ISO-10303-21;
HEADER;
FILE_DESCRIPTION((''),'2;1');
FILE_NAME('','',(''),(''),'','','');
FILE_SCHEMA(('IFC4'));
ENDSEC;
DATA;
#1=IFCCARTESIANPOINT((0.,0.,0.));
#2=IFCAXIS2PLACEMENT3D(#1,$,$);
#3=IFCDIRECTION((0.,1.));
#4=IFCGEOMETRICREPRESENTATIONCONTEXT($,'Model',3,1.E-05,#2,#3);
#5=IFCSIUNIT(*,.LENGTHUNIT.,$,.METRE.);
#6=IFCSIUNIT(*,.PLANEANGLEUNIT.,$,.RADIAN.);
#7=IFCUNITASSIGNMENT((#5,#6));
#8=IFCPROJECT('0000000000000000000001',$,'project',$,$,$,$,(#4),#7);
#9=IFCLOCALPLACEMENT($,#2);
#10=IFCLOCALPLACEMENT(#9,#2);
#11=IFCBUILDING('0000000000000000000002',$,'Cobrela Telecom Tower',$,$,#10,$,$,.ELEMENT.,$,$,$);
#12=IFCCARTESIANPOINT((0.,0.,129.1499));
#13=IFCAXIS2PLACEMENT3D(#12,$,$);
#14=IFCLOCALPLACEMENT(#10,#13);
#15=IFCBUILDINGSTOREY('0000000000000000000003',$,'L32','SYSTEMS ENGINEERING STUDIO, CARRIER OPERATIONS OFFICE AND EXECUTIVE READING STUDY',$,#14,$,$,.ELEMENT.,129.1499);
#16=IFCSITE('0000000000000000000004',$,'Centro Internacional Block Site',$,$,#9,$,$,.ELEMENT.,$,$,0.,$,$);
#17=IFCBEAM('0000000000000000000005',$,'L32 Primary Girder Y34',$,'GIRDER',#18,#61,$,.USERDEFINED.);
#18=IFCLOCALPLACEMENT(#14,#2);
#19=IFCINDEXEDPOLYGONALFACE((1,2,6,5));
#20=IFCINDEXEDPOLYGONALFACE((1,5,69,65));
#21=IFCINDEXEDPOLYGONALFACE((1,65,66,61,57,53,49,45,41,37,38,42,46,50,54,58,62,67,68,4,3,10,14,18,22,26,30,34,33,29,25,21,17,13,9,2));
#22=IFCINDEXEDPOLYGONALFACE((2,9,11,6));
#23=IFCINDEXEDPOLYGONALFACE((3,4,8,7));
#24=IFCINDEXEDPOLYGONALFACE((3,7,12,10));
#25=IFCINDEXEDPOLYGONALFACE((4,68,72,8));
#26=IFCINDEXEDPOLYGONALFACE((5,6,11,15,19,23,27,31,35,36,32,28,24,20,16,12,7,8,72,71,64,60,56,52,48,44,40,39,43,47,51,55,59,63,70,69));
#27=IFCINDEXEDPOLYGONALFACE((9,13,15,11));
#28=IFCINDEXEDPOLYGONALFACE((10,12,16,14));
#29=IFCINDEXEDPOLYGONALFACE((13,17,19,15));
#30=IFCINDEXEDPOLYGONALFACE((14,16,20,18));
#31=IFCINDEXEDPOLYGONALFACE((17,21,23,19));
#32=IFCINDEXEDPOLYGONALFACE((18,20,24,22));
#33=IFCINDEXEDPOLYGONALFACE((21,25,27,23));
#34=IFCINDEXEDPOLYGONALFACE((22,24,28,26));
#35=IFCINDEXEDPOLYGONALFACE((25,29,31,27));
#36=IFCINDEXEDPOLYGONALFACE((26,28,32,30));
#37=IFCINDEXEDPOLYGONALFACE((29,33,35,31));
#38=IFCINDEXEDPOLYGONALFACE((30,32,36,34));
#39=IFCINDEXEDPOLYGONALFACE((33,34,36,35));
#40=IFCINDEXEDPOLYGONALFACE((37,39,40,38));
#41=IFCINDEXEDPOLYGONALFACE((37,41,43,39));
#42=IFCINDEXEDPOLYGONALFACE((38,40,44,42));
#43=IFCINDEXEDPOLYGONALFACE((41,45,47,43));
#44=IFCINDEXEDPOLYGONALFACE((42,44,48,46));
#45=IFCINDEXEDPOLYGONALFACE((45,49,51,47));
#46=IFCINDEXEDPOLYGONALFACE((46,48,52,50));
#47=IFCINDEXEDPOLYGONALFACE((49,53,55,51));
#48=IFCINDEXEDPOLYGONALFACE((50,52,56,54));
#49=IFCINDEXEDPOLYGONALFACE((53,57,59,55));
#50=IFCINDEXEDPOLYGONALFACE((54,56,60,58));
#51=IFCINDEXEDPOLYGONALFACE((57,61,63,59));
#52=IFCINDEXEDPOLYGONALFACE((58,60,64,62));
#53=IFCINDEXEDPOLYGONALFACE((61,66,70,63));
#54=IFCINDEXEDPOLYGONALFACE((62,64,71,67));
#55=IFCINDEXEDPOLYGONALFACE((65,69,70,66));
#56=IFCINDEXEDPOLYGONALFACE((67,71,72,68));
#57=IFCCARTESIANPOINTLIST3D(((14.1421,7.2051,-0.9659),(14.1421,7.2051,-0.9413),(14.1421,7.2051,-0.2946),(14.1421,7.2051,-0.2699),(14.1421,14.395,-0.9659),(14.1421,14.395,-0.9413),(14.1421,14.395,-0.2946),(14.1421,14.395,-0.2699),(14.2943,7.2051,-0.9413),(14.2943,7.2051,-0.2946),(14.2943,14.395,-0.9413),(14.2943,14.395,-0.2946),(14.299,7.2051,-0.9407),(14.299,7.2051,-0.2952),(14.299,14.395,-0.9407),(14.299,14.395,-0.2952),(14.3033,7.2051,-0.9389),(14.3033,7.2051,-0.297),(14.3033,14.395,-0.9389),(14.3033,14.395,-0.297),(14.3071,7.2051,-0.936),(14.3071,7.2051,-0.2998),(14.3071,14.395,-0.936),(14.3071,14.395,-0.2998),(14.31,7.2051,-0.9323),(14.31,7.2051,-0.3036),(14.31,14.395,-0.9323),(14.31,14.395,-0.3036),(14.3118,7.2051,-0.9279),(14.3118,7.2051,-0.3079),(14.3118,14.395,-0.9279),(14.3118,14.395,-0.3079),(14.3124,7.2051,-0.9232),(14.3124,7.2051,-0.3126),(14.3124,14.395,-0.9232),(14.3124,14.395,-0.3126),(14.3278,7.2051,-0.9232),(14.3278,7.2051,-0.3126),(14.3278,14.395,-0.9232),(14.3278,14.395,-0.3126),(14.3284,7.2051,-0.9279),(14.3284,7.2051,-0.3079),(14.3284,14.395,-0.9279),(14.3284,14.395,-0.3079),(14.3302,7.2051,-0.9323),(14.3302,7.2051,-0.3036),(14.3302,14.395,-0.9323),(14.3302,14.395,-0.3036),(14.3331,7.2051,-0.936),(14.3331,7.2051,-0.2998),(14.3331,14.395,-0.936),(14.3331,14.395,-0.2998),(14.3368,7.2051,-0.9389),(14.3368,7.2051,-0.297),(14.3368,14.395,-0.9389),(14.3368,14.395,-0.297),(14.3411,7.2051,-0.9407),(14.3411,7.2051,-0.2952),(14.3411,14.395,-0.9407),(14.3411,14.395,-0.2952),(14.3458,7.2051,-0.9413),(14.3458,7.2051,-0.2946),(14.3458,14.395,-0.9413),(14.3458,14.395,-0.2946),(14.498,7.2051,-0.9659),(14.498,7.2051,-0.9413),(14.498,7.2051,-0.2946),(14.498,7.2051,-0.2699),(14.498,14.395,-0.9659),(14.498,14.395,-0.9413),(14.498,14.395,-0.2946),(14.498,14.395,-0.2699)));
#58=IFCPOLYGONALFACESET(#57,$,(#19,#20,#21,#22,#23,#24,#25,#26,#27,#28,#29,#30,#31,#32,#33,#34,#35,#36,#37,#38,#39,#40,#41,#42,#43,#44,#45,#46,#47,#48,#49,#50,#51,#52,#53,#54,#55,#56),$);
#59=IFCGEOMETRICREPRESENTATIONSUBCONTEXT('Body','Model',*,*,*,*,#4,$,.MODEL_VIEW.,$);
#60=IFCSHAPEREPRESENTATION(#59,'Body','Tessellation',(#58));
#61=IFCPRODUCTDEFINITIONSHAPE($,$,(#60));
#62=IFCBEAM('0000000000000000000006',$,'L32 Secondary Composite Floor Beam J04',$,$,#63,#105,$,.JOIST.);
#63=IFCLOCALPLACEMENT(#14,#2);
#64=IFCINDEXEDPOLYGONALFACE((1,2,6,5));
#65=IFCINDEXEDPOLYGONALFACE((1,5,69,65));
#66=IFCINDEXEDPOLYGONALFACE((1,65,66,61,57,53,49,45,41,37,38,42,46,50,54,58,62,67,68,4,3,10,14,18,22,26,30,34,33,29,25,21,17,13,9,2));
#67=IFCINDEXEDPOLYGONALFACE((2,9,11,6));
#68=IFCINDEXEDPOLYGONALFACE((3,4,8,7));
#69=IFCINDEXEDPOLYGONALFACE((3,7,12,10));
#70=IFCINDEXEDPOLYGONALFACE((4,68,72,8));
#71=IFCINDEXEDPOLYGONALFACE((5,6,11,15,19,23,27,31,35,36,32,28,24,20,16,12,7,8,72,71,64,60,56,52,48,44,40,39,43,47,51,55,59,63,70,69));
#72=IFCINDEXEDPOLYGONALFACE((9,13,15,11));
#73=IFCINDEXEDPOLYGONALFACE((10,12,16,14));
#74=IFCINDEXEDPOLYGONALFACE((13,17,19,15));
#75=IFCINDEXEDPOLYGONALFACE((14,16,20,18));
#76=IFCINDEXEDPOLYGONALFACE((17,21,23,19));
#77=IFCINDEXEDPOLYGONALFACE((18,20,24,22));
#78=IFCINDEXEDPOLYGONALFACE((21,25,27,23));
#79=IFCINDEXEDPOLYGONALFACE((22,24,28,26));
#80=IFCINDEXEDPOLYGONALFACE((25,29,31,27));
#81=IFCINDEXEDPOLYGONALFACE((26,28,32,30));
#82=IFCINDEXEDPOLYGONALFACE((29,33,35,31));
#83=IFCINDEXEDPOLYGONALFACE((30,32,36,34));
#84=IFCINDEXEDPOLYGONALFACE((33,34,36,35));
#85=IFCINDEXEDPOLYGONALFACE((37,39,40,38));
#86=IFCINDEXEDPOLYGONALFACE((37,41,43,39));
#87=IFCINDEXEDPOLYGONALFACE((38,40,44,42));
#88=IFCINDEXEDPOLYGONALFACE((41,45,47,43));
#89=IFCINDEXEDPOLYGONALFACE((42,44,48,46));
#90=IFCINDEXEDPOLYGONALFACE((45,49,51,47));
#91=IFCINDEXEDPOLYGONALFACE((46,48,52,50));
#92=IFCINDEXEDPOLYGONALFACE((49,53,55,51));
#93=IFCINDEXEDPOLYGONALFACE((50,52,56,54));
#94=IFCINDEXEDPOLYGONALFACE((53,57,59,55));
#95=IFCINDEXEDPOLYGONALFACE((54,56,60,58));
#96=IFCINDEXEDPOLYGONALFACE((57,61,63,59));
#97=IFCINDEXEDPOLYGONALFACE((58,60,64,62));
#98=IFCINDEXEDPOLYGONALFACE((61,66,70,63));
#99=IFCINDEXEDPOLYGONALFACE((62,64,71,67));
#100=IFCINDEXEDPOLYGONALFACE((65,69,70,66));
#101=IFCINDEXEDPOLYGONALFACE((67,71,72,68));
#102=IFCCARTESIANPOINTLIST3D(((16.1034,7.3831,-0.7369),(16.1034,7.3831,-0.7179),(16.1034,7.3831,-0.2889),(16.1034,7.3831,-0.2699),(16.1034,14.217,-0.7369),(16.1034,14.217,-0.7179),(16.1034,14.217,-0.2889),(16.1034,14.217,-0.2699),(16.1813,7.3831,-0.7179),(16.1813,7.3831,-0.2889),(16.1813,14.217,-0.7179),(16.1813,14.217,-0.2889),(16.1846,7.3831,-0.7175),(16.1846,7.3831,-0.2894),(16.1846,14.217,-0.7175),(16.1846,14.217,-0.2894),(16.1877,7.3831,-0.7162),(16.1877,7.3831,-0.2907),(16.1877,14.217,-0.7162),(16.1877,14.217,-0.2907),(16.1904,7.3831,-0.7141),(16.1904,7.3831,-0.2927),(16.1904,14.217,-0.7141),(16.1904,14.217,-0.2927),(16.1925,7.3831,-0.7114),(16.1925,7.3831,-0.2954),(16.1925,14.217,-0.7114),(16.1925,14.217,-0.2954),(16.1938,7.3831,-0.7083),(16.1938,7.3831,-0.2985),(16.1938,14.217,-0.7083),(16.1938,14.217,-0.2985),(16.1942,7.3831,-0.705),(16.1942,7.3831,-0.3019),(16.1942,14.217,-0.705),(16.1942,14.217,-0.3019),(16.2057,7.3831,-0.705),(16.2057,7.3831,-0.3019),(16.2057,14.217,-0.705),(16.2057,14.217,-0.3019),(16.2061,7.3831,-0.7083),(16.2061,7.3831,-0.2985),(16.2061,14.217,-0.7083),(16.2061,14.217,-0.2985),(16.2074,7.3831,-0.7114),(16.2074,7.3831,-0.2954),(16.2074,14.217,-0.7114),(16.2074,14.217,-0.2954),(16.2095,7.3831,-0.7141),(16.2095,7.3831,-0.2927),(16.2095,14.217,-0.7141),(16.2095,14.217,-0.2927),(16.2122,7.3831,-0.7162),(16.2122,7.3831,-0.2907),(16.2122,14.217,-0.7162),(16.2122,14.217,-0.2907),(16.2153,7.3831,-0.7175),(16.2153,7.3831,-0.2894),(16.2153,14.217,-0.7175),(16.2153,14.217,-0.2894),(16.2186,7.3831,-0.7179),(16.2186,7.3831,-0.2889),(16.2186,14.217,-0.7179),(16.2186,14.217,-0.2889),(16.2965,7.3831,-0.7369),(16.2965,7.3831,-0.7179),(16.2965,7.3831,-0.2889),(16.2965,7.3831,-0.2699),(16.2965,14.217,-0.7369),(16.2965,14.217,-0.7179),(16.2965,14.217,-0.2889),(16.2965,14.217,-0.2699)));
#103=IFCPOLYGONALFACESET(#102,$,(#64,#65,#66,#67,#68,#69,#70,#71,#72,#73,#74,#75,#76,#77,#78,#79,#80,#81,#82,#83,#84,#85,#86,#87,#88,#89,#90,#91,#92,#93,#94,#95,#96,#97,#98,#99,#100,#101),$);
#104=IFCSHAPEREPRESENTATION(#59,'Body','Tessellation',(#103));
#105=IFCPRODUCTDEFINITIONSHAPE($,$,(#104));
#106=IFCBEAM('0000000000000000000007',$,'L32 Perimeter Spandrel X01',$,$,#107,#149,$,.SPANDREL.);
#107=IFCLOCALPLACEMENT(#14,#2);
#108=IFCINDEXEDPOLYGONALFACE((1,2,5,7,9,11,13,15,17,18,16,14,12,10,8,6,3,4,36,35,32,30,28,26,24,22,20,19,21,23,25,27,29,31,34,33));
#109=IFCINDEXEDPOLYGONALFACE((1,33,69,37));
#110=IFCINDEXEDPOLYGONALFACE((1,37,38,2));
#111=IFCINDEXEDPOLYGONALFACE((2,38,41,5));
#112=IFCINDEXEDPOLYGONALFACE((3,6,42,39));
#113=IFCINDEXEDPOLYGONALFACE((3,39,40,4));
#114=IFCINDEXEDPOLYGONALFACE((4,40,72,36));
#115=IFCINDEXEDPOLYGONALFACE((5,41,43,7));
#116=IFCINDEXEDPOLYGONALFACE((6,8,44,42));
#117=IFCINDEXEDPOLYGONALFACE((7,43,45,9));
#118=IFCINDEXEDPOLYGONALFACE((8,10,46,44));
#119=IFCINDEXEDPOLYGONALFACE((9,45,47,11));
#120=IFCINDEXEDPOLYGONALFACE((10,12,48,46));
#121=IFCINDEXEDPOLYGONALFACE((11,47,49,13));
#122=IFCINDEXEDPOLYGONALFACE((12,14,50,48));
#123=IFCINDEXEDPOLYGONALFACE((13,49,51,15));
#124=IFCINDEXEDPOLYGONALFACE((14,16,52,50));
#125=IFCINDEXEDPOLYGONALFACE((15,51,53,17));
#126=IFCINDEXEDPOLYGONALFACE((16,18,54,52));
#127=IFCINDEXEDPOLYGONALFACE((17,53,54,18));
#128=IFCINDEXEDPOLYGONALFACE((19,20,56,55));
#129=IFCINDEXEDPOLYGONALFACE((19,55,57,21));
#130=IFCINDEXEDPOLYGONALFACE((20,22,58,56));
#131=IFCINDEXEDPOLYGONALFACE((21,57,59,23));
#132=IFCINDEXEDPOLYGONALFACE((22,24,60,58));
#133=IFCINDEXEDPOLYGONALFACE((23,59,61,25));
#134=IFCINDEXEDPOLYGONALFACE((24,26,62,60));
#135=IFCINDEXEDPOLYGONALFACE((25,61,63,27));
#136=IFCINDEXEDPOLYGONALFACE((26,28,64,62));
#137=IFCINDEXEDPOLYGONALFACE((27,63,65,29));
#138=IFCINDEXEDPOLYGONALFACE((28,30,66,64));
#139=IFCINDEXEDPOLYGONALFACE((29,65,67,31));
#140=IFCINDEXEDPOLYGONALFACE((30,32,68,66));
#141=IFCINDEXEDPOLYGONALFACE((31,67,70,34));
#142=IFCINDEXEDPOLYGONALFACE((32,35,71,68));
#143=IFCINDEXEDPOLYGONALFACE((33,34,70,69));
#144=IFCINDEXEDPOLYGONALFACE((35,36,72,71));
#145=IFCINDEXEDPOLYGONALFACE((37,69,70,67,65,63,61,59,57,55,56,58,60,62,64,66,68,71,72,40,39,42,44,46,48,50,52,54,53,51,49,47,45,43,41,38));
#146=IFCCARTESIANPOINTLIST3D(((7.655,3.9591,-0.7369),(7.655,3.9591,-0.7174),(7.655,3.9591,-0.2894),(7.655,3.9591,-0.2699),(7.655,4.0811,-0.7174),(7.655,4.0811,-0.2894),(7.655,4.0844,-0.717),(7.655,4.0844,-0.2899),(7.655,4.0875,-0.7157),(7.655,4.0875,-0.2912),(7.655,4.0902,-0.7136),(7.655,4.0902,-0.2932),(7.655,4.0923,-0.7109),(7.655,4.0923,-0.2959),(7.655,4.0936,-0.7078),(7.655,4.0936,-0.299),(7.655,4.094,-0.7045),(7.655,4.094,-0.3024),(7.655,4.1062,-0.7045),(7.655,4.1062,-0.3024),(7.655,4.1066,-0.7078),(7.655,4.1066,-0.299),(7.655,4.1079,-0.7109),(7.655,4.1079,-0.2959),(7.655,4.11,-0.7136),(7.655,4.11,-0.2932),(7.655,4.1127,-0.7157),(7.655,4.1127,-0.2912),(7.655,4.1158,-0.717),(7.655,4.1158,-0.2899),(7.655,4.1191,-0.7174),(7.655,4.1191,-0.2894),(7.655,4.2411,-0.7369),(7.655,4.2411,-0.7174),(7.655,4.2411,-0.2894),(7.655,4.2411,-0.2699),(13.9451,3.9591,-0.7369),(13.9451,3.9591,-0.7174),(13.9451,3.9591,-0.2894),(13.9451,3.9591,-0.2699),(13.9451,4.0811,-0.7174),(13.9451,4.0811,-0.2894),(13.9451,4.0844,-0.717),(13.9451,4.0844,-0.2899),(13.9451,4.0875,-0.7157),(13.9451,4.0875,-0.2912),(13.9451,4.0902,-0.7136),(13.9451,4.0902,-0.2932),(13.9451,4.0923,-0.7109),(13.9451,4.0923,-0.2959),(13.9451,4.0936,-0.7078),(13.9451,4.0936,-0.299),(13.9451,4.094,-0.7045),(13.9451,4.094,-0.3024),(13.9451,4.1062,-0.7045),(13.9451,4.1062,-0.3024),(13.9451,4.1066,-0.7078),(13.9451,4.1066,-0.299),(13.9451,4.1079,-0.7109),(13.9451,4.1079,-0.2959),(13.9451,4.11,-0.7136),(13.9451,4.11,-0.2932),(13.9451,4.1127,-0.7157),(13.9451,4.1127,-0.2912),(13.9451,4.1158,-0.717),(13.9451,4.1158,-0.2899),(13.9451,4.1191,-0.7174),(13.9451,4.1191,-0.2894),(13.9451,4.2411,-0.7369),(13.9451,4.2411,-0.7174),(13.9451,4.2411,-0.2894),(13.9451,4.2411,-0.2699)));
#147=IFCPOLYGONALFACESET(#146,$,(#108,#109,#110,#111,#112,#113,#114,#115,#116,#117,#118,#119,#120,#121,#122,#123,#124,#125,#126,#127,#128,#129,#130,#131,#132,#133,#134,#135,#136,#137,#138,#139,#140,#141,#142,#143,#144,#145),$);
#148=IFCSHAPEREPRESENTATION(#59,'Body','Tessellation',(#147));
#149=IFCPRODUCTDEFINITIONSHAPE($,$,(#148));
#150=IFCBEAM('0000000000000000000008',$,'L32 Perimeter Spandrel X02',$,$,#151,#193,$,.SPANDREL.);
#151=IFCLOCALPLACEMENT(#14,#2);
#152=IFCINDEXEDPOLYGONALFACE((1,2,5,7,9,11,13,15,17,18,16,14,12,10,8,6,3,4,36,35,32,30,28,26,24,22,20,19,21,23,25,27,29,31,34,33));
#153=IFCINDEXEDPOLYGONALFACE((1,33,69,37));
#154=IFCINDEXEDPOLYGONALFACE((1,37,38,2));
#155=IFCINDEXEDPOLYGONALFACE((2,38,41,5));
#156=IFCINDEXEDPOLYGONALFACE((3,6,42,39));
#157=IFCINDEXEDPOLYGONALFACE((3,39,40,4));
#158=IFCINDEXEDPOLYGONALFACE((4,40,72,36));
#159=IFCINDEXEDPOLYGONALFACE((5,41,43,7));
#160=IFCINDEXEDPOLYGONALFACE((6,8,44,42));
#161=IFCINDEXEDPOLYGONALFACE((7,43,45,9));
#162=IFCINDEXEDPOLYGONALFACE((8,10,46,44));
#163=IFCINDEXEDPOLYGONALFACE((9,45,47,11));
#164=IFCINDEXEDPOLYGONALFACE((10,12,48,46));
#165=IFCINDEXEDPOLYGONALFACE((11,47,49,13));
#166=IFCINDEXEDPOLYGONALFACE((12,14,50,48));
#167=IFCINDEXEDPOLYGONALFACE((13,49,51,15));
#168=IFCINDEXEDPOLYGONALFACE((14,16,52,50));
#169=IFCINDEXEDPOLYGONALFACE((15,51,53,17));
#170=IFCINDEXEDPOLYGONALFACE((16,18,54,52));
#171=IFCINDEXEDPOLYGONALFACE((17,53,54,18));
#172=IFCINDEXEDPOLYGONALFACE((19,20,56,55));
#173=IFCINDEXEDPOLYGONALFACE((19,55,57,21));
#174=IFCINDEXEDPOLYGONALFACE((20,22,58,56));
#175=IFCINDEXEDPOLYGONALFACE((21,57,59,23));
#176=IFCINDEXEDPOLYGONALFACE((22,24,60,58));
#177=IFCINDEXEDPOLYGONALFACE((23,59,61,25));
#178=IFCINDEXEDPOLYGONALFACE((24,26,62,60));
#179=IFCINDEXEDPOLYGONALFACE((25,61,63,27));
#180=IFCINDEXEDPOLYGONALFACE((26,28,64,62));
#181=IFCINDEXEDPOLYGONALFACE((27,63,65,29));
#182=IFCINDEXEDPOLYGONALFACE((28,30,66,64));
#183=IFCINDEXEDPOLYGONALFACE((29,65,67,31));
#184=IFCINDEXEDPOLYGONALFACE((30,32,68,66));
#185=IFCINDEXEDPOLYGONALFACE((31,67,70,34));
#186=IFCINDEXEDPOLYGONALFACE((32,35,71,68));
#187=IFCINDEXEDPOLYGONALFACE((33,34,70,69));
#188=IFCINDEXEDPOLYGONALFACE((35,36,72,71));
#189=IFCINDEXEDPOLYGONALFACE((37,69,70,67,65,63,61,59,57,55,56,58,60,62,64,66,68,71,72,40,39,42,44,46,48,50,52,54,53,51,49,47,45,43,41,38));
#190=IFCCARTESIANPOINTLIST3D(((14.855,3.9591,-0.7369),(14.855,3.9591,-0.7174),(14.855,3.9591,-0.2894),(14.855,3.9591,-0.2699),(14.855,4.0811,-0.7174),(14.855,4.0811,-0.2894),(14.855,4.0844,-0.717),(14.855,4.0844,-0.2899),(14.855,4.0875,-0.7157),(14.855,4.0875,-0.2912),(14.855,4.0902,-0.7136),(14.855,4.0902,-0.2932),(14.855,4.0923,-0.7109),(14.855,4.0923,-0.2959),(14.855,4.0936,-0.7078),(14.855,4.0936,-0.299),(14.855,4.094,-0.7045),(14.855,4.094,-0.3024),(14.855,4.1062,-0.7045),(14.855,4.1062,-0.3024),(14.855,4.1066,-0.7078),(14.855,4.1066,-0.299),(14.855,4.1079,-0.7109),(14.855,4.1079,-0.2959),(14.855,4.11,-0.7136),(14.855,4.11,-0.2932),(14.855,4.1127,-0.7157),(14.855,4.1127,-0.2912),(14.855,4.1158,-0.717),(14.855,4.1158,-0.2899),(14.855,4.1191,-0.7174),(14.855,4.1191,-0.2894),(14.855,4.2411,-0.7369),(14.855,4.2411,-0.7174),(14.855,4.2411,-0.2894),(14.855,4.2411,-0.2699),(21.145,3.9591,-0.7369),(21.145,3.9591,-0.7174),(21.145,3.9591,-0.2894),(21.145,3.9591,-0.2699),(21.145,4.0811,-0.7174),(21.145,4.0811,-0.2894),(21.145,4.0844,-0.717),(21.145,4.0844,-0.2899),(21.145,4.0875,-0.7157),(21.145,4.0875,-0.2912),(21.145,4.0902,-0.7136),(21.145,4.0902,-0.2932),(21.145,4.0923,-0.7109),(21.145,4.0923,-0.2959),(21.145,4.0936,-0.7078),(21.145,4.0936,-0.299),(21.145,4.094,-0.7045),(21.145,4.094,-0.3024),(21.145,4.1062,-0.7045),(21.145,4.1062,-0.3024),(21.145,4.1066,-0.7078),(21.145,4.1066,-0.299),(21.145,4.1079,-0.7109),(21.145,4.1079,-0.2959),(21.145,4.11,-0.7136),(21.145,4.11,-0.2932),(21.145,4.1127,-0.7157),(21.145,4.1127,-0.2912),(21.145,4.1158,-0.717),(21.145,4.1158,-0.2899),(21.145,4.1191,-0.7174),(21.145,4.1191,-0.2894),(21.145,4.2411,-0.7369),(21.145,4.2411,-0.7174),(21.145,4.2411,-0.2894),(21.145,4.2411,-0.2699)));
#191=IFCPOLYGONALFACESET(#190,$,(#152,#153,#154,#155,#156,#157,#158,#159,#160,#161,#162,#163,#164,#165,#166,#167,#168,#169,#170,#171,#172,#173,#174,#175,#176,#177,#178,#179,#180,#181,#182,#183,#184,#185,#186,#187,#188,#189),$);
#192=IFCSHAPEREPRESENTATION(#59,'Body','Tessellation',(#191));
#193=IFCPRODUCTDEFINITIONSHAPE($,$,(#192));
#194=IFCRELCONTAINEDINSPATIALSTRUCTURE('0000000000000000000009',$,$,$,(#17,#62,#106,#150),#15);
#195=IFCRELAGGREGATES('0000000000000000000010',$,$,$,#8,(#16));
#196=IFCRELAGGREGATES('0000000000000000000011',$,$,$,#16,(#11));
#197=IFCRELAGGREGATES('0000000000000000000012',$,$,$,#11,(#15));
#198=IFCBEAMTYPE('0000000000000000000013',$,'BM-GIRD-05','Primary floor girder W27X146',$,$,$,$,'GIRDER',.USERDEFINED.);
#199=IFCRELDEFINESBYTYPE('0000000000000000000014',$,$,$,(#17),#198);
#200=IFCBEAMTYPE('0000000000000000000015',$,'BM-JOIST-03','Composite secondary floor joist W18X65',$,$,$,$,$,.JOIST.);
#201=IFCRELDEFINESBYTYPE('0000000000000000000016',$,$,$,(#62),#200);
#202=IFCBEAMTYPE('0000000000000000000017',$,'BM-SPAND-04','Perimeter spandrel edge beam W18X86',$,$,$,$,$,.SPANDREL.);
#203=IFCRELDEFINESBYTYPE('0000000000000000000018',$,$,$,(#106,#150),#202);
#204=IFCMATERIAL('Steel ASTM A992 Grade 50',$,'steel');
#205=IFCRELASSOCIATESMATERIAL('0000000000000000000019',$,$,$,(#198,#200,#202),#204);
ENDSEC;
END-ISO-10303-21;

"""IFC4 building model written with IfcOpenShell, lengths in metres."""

from ifc_helpers import new_model, si_unit, direction, frame, origin, origin_2d, place, context, subcontext, project, spatial, i_section, extrude, material, material_profile, profile_set, type_object, element, save


model = new_model("IFC4")

# Units and contexts
model_context = context("Model", 3, precision=1e-05, world=origin(), true_north=direction((0.0, 1.0)))
body_context = subcontext(model_context, "Body", "Model", "MODEL_VIEW")
ifc_project = project(units=[si_unit("LENGTHUNIT", "METRE"), si_unit("PLANEANGLEUNIT", "RADIAN")], contexts=[model_context])

# Site, building, storey
site_placement = place(None, origin())
site = spatial("IfcSite", under=ifc_project, at=site_placement, Name="Centro Internacional Block Site", CompositionType="ELEMENT", RefElevation=0.0)
building_placement = place(site_placement, origin())
building = spatial("IfcBuilding", under=site, at=building_placement, Name="Cobrela Telecom Tower", CompositionType="ELEMENT")
storey_placement = place(building_placement, frame((0.0, 0.0, 129.1499)))
storey = spatial("IfcBuildingStorey", under=building, at=storey_placement, Name="L32", Description="SYSTEMS ENGINEERING STUDIO, CARRIER OPERATIONS OFFICE AND EXECUTIVE READING STUDY", CompositionType="ELEMENT", Elevation=129.1499)

# Beams
ifc_material_1 = material(Name="Steel ASTM A992 Grade 50", Category="steel")
ifc_material_profile_1 = material_profile(ifc_material_1, i_section(OverallWidth=0.356, OverallDepth=0.696, WebThickness=0.0154, FlangeThickness=0.0247, FilletRadius=0.0181, at=origin_2d()), Name="W27X146")
ifc_profile_set_1 = profile_set([ifc_material_profile_1], Name="Steel ASTM A992 Grade 50")
beam_type_1 = type_object("IfcBeamType", Name="BM-GIRD-05", Description="Primary floor girder W27X146", ElementType="GIRDER", PredefinedType="USERDEFINED", material=ifc_profile_set_1)
beam_1_placement = place(storey_placement, frame((14.3201, 7.2051, -0.6179), z_axis=(0.0, 1.0, 0.0), x_axis=(-1.0, 0.0, 0.0)))
element("IfcBeam", 1, at=beam_1_placement, inside=storey, type_object=beam_type_1, Name="L32 Primary Girder Y34", ObjectType="GIRDER", PredefinedType="USERDEFINED", context=body_context, shape_type="SweptSolid", body=[
    extrude(i_section(OverallWidth=0.356, OverallDepth=0.696, WebThickness=0.0154, FlangeThickness=0.0247, FilletRadius=0.0181, at=origin_2d()), origin(), (0.0, 0.0, 1.0), 7.1899),
])
ifc_material_profile_2 = material_profile(ifc_material_1, i_section(OverallWidth=0.1931, OverallDepth=0.467, WebThickness=0.0115, FlangeThickness=0.019, FilletRadius=0.0129, at=origin_2d()), Name="W18X65")
ifc_profile_set_2 = profile_set([ifc_material_profile_2], Name="Steel ASTM A992 Grade 50")
beam_type_2 = type_object("IfcBeamType", Name="BM-JOIST-03", Description="Composite secondary floor joist W18X65", PredefinedType="JOIST", material=ifc_profile_set_2)
beam_2_placement = place(storey_placement, frame((16.2, 7.3831, -0.5034), z_axis=(0.0, 1.0, 0.0), x_axis=(-1.0, 0.0, 0.0)))
element("IfcBeam", 2, at=beam_2_placement, inside=storey, type_object=beam_type_2, Name="L32 Secondary Composite Floor Beam J04", PredefinedType="JOIST", context=body_context, shape_type="SweptSolid", body=[
    extrude(i_section(OverallWidth=0.1931, OverallDepth=0.467, WebThickness=0.0115, FlangeThickness=0.019, FilletRadius=0.0129, at=origin_2d()), origin(), (0.0, 0.0, 1.0), 6.834),
])
ifc_material_profile_3 = material_profile(ifc_material_1, i_section(OverallWidth=0.282, OverallDepth=0.467, WebThickness=0.0122, FlangeThickness=0.0195, FilletRadius=0.0129, at=origin_2d()), Name="W18X86")
ifc_profile_set_3 = profile_set([ifc_material_profile_3], Name="Steel ASTM A992 Grade 50")
beam_type_3 = type_object("IfcBeamType", Name="BM-SPAND-04", Description="Perimeter spandrel edge beam W18X86", PredefinedType="SPANDREL", material=ifc_profile_set_3)
for number, where, z_axis, x_axis, name in (
    (3, (7.655, 4.1001, -0.5034), (1.0, 0.0, 0.0), (0.0, 1.0, 0.0), "L32 Perimeter Spandrel X01"),
    (4, (14.855, 4.1001, -0.5034), (1.0, 0.0, 0.0), (0.0, 1.0, 0.0), "L32 Perimeter Spandrel X02"),
):
    element("IfcBeam", number, at=place(storey_placement, frame(where, z_axis=z_axis, x_axis=x_axis)), inside=storey, type_object=beam_type_3, Name=name, PredefinedType="SPANDREL", context=body_context, shape_type="SweptSolid", body=[
        extrude(i_section(OverallWidth=0.282, OverallDepth=0.467, WebThickness=0.0122, FlangeThickness=0.0195, FilletRadius=0.0129, at=origin_2d()), origin(), (0.0, 0.0, 1.0), 6.29),
    ])

save(model, "model.ifc")
